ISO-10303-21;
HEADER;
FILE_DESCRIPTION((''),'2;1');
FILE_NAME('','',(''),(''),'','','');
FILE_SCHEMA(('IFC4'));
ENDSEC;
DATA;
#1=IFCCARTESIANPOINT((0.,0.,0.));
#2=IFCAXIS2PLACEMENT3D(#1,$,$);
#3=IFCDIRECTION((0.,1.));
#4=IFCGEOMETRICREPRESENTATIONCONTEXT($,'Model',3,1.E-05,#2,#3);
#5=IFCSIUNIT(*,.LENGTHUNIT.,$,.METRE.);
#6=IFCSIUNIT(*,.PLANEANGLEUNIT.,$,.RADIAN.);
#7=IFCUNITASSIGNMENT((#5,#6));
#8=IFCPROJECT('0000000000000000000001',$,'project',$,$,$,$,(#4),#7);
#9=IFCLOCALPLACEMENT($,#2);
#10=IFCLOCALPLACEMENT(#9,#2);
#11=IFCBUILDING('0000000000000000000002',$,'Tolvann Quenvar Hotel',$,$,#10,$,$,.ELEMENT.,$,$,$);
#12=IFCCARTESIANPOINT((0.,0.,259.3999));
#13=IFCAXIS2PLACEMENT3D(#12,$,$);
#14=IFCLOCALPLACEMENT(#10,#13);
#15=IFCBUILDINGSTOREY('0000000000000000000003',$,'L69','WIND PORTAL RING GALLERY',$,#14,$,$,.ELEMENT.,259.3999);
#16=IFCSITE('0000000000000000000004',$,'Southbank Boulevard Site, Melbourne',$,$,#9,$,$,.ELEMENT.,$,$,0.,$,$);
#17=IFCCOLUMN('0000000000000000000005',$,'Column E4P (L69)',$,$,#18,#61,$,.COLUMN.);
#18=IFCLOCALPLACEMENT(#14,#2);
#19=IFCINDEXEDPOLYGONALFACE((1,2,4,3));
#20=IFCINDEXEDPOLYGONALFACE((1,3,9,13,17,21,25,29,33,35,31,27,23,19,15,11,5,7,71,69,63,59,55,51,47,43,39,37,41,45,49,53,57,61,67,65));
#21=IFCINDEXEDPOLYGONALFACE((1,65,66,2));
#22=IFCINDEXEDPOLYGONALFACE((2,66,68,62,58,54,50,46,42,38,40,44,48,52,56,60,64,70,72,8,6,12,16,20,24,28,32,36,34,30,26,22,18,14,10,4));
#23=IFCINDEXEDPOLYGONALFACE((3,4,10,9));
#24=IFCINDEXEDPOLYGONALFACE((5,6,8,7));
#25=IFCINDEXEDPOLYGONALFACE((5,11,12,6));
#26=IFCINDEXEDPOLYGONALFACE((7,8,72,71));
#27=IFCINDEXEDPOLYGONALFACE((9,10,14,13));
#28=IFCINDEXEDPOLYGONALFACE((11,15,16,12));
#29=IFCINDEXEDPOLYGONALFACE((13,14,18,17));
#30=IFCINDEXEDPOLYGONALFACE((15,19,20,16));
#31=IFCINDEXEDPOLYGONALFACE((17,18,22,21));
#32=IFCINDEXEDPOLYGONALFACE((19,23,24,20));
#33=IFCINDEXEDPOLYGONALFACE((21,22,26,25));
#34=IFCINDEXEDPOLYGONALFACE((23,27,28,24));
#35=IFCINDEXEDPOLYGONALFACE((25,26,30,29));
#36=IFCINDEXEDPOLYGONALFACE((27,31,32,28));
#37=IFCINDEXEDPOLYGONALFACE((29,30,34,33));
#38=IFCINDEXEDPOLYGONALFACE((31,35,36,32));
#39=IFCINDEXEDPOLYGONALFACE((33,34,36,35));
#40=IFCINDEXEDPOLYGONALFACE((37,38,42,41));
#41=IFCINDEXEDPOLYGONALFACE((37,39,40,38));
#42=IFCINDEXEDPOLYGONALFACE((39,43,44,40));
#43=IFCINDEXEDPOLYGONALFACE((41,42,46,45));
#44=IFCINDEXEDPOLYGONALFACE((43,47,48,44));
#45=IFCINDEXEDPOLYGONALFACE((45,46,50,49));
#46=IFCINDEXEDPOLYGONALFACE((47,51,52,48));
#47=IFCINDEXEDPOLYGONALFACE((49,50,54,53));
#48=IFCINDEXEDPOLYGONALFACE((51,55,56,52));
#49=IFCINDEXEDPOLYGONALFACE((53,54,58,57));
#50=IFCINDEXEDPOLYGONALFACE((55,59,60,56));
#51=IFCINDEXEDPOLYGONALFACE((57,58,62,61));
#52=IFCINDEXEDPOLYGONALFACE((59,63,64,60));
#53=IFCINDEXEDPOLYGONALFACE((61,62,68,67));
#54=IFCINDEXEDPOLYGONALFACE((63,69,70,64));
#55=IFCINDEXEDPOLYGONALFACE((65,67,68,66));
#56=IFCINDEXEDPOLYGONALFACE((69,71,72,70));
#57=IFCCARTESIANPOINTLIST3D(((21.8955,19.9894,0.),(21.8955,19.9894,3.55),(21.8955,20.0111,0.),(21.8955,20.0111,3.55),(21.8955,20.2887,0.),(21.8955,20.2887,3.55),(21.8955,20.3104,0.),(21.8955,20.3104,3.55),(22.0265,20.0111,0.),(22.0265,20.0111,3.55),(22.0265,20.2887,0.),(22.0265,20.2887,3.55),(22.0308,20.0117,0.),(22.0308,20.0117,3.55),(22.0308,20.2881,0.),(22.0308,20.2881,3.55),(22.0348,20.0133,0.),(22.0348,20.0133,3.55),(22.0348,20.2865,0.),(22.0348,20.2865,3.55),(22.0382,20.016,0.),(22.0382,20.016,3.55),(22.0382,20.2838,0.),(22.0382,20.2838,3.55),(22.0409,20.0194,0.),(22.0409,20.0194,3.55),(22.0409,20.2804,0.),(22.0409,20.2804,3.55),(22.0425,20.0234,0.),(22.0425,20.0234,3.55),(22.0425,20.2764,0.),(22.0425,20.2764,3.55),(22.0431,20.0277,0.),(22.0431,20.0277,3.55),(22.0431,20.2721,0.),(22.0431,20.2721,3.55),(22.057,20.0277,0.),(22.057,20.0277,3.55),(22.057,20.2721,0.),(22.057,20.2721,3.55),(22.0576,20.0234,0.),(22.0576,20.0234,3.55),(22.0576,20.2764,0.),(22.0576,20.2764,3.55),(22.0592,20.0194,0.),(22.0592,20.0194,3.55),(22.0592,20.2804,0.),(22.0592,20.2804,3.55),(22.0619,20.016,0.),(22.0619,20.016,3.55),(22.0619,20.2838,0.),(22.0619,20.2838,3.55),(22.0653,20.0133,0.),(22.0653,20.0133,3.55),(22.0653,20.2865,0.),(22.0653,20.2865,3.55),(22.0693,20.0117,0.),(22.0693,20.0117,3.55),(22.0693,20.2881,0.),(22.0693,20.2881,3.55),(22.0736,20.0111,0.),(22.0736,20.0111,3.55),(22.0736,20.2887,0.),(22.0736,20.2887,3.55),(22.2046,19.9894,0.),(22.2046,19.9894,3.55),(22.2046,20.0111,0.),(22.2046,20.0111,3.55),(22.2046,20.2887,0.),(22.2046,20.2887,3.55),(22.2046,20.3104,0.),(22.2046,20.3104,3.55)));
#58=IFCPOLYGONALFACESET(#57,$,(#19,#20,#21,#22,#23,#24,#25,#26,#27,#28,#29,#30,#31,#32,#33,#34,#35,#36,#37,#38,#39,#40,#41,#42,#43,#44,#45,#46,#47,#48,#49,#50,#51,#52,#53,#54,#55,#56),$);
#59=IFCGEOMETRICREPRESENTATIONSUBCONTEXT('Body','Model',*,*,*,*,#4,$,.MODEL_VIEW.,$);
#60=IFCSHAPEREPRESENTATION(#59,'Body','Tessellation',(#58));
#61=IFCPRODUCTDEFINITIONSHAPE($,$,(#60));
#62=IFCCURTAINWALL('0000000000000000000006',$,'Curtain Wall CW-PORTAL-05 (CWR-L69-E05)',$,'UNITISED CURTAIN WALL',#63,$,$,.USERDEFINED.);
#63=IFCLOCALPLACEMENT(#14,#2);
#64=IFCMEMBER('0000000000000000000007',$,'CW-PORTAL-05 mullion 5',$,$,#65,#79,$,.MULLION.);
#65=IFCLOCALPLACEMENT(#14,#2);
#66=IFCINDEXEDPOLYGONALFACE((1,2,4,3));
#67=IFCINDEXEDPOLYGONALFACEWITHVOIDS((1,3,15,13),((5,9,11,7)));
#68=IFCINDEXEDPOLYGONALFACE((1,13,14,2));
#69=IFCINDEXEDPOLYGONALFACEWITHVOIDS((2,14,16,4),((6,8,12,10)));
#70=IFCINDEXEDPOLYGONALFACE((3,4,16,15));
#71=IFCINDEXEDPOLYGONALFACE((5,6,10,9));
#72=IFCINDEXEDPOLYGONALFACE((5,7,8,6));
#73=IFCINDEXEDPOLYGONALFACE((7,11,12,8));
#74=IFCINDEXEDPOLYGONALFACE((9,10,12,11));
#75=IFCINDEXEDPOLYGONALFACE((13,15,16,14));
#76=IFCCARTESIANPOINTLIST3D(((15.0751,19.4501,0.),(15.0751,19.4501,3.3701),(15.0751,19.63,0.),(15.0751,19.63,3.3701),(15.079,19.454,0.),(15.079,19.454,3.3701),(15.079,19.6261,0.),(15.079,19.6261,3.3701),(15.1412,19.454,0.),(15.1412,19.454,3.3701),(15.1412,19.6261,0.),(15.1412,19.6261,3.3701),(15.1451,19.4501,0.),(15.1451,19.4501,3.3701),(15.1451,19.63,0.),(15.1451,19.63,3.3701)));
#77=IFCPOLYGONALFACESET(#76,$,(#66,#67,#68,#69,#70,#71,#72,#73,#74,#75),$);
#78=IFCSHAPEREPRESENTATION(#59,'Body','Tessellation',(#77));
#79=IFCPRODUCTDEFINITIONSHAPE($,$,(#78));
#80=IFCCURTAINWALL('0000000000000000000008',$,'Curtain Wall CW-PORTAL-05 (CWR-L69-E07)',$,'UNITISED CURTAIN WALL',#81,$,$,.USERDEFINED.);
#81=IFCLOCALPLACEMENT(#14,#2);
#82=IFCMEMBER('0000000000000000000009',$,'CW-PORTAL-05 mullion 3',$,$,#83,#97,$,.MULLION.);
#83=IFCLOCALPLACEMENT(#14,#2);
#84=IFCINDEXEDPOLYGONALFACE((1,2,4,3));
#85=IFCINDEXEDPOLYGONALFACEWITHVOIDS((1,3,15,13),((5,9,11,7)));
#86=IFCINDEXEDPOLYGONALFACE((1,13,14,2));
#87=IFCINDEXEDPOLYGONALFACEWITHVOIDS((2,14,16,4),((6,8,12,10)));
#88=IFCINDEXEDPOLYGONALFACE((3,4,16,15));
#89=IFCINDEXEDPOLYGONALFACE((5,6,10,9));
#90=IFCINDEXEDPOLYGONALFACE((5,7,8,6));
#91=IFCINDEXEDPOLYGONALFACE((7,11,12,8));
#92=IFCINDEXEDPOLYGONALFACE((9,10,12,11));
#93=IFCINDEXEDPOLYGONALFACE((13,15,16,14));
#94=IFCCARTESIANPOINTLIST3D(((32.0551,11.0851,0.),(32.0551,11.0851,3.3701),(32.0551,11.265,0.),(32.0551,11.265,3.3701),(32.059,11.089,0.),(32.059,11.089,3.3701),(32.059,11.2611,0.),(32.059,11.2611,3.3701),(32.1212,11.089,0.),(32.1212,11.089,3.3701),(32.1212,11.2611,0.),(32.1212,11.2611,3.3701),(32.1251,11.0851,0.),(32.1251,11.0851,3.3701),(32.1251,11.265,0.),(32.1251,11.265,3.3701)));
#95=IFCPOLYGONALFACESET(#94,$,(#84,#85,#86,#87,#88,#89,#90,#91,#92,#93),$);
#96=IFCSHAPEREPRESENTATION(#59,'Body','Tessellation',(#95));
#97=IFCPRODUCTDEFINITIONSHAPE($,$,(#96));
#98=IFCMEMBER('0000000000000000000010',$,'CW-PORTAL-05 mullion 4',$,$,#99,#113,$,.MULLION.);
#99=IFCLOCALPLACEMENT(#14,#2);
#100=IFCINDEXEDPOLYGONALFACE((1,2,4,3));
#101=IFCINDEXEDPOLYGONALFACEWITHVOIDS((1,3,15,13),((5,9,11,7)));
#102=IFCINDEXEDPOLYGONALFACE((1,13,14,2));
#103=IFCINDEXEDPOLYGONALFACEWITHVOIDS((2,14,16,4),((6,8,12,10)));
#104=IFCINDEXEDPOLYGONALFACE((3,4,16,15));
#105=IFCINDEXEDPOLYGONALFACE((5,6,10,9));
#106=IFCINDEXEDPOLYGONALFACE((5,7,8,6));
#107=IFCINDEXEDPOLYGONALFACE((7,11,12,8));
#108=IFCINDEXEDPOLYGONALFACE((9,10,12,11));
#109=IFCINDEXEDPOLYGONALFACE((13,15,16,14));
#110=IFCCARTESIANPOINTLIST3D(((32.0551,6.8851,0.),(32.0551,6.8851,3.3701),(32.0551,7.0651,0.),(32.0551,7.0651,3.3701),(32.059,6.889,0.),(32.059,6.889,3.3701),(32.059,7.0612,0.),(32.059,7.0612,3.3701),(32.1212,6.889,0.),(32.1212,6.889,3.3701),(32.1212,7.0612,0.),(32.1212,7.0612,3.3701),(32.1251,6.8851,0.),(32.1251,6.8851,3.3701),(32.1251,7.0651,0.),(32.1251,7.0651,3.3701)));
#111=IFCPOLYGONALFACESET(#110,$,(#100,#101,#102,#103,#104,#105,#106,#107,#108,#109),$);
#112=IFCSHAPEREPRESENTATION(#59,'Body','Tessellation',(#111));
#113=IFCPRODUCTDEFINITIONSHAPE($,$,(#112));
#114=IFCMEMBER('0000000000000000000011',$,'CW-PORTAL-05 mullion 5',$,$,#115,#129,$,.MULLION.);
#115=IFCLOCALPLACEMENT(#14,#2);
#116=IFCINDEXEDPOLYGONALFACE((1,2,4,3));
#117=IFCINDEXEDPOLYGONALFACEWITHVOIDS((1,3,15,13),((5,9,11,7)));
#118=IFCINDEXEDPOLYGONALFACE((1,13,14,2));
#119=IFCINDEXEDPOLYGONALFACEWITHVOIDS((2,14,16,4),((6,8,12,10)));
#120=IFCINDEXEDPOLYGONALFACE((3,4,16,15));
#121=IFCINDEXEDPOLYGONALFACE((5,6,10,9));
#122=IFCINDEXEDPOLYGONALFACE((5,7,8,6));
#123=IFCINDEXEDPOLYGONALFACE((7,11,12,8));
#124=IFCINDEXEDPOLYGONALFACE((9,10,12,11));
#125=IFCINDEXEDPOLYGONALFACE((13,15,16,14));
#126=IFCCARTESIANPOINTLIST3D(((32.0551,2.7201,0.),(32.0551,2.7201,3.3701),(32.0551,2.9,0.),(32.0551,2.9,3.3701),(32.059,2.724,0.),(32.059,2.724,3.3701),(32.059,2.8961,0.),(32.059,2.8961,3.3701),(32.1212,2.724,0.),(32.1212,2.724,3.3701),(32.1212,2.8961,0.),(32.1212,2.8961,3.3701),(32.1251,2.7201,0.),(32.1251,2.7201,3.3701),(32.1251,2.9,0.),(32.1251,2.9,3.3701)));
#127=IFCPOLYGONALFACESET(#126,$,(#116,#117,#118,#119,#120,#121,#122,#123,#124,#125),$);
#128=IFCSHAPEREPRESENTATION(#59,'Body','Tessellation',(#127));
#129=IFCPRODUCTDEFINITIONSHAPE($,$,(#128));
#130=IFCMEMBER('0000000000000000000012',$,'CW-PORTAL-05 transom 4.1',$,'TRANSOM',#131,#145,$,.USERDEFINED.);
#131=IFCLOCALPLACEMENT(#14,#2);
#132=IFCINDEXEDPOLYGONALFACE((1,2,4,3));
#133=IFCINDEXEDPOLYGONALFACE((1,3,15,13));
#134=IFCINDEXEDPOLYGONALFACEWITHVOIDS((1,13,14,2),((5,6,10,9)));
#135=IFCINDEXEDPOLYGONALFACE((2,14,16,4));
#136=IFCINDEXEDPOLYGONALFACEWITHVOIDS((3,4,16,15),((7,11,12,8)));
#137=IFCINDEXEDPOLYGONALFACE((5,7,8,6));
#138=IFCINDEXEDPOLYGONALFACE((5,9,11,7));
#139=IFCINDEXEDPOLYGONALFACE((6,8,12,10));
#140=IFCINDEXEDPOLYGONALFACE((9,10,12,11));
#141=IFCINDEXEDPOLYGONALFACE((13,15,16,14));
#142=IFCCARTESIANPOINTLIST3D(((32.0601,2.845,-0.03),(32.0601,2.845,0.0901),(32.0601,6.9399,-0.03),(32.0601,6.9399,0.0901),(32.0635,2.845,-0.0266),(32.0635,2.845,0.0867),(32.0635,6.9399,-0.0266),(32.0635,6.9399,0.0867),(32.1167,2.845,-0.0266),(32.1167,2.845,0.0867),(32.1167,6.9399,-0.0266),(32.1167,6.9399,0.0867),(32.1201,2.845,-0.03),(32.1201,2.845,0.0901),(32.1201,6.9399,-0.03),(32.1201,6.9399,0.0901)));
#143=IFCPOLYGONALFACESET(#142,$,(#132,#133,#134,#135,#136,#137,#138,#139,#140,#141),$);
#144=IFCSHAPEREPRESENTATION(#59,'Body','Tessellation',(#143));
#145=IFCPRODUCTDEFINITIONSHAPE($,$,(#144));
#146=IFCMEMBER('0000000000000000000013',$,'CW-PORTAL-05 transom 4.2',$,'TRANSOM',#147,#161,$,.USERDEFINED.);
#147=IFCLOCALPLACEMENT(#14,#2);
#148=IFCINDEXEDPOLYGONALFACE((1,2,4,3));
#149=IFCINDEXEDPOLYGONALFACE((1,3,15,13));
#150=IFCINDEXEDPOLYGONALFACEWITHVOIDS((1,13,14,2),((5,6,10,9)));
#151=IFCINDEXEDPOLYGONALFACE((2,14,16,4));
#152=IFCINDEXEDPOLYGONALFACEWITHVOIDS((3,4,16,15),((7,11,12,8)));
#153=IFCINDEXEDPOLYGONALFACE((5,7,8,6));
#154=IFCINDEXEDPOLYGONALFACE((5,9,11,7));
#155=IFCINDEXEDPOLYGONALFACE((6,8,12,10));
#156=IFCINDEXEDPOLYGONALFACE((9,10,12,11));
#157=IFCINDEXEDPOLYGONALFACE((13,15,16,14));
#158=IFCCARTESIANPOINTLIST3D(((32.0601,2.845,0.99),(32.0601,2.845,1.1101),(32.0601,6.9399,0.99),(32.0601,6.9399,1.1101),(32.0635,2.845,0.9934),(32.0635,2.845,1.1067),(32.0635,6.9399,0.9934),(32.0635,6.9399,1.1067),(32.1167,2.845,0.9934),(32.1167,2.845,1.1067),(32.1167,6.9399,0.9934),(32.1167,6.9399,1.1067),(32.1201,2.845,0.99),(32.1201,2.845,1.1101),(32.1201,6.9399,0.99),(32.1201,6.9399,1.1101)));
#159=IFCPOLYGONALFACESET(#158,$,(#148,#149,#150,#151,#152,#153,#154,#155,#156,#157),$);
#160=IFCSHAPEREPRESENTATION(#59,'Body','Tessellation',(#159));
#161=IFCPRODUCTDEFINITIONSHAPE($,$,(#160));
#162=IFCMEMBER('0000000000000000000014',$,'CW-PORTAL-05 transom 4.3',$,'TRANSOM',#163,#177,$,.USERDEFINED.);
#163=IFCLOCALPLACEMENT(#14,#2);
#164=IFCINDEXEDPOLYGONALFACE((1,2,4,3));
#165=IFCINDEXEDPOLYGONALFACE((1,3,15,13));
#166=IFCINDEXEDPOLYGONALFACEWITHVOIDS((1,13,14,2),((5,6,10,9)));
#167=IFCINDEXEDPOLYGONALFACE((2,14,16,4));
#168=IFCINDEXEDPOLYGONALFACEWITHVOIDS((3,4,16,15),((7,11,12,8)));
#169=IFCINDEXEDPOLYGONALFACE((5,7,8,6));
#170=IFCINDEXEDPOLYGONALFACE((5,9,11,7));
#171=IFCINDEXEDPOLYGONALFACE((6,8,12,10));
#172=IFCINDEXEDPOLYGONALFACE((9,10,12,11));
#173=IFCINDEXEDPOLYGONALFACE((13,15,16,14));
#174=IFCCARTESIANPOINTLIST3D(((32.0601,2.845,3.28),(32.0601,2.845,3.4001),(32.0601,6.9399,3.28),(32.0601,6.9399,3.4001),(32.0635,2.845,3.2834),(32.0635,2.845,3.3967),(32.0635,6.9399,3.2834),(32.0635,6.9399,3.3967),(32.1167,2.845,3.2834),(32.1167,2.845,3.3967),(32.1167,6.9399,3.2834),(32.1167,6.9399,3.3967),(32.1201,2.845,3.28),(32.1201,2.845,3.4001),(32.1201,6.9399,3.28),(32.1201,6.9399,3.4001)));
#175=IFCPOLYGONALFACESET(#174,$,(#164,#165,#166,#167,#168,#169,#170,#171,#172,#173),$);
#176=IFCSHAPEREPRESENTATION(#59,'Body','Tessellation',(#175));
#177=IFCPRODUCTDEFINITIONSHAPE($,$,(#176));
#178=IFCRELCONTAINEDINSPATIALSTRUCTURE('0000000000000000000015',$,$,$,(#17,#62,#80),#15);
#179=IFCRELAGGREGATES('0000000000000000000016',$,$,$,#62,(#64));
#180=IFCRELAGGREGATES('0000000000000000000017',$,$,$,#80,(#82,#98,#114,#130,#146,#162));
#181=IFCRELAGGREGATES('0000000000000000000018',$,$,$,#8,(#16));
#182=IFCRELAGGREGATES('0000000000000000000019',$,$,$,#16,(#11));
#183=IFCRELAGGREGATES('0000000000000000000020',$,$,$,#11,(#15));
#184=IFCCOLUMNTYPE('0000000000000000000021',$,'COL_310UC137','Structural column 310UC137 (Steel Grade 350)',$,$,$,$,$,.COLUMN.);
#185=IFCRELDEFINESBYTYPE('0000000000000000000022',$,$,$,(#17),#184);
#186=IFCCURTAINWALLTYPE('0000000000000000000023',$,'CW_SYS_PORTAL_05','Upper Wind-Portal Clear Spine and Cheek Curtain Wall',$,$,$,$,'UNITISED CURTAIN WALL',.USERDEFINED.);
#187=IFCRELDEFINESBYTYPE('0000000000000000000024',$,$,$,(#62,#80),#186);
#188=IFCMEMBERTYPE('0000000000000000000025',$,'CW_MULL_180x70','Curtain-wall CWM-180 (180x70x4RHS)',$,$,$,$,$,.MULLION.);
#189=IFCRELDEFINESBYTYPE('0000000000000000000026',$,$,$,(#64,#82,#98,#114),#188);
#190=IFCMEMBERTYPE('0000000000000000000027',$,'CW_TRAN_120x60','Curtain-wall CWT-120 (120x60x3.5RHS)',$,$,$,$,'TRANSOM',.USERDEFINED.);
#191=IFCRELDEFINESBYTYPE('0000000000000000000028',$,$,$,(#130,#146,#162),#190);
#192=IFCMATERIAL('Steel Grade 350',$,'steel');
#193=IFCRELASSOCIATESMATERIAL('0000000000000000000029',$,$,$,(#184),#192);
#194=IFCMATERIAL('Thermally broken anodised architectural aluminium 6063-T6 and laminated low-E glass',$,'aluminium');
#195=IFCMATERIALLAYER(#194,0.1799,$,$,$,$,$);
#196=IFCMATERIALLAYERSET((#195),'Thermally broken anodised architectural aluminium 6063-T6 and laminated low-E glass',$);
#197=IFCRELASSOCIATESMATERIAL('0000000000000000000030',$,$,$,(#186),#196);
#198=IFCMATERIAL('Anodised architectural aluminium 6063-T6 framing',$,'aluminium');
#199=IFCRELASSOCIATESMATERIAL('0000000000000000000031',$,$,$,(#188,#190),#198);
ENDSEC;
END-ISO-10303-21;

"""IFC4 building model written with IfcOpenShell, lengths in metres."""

from ifc_helpers import new_model, si_unit, direction, frame, origin, origin_2d, place, context, subcontext, project, spatial, hollow_rectangle, i_section, extrude, source, transform, mapped, material, layer, layer_set, material_profile, profile_set, type_object, type_shapes, element, aggregate, save


model = new_model("IFC4")

# Units and contexts
model_context = context("Model", 3, precision=1e-05, world=origin(), true_north=direction((0.0, 1.0)))
body_context = subcontext(model_context, "Body", "Model", "MODEL_VIEW")
ifc_project = project(units=[si_unit("LENGTHUNIT", "METRE"), si_unit("PLANEANGLEUNIT", "RADIAN")], contexts=[model_context])

# Site, building, storey
site_placement = place(None, origin())
site = spatial("IfcSite", under=ifc_project, at=site_placement, Name="Southbank Boulevard Site, Melbourne", CompositionType="ELEMENT", RefElevation=0.0)
building_placement = place(site_placement, origin())
building = spatial("IfcBuilding", under=site, at=building_placement, Name="Tolvann Quenvar Hotel", CompositionType="ELEMENT")
storey_placement = place(building_placement, frame((0.0, 0.0, 259.3999)))
storey = spatial("IfcBuildingStorey", under=building, at=storey_placement, Name="L69", Description="WIND PORTAL RING GALLERY", CompositionType="ELEMENT", Elevation=259.3999)

# Column
ifc_material_1 = material(Name="Steel Grade 350", Category="steel")
ifc_material_profile_1 = material_profile(ifc_material_1, i_section(OverallWidth=0.3091, OverallDepth=0.321, WebThickness=0.0139, FlangeThickness=0.0217, FilletRadius=0.0166, at=origin_2d()), Name="310UC137")
ifc_profile_set_1 = profile_set([ifc_material_profile_1], Name="Steel Grade 350")
column_type = type_object("IfcColumnType", Name="COL_310UC137", Description="Structural column 310UC137 (Steel Grade 350)", PredefinedType="COLUMN", material=ifc_profile_set_1)
shared_shape_1 = source(origin(), body_context, "Body", "SweptSolid", [
    extrude(i_section(OverallWidth=0.3091, OverallDepth=0.321, WebThickness=0.0139, FlangeThickness=0.0217, FilletRadius=0.0166, at=origin_2d()), origin(), (0.0, 0.0, 1.0), 3.55),
])
type_shapes(column_type, [shared_shape_1])
column_placement = place(storey_placement, frame((22.05, 20.1499, 0.0), z_axis=(0.0, 0.0, 1.0), x_axis=(1.0, 0.0, 0.0)))
element("IfcColumn", 1, at=column_placement, inside=storey, type_object=column_type, Name="Column E4P (L69)", PredefinedType="COLUMN", context=body_context, shape_type="MappedRepresentation", body=[
    mapped(shared_shape_1, transform((0.0, 0.0, 0.0), x_axis=(1.0, 0.0, 0.0), y_axis=(0.0, 1.0, 0.0), z_axis=(0.0, 0.0, 1.0), scale=1.0)),
])

# Curtain wall, member
ifc_material_2 = material(Name="Thermally broken anodised architectural aluminium 6063-T6 and laminated low-E glass", Category="aluminium")
ifc_layer_1 = layer(ifc_material_2, 0.1799)
ifc_layer_set_1 = layer_set([ifc_layer_1], Name="Thermally broken anodised architectural aluminium 6063-T6 and laminated low-E glass")
curtain_wall_type = type_object("IfcCurtainWallType", Name="CW_SYS_PORTAL_05", Description="Upper Wind-Portal Clear Spine and Cheek Curtain Wall", ElementType="UNITISED CURTAIN WALL", PredefinedType="USERDEFINED", material=ifc_layer_set_1)
curtain_wall_1_placement = place(storey_placement, origin())
curtain_wall_1 = element("IfcCurtainWall", 2, at=curtain_wall_1_placement, inside=storey, type_object=curtain_wall_type, Name="Curtain Wall CW-PORTAL-05 (CWR-L69-E05)", ObjectType="UNITISED CURTAIN WALL", PredefinedType="USERDEFINED")
ifc_material_3 = material(Name="Anodised architectural aluminium 6063-T6 framing", Category="aluminium")
ifc_material_profile_2 = material_profile(ifc_material_3, hollow_rectangle(XDim=0.0701, YDim=0.1799, WallThickness=0.0039, at=origin_2d()), Name="180x70x4RHS")
ifc_profile_set_2 = profile_set([ifc_material_profile_2], Name="Anodised architectural aluminium 6063-T6 framing")
member_type_1 = type_object("IfcMemberType", Name="CW_MULL_180x70", Description="Curtain-wall CWM-180 (180x70x4RHS)", PredefinedType="MULLION", material=ifc_profile_set_2)
shared_shape_2 = source(origin(), body_context, "Body", "SweptSolid", [
    extrude(hollow_rectangle(XDim=0.0701, YDim=0.1799, WallThickness=0.0039, at=origin_2d()), origin(), (0.0, 0.0, 1.0), 3.3701),
])
type_shapes(member_type_1, [shared_shape_2])
member_1_placement = place(storey_placement, frame((15.1101, 19.54, 0.0), z_axis=(0.0, 0.0, 1.0), x_axis=(-1.0, 0.0, 0.0)))
member_1 = element("IfcMember", 3, at=member_1_placement, type_object=member_type_1, Name="CW-PORTAL-05 mullion 5", PredefinedType="MULLION", context=body_context, shape_type="MappedRepresentation", body=[
    mapped(shared_shape_2, transform((0.0, 0.0, 0.0), x_axis=(1.0, 0.0, 0.0), y_axis=(0.0, 1.0, 0.0), z_axis=(0.0, 0.0, 1.0), scale=1.0)),
])

# Curtain wall, members
curtain_wall_2_placement = place(storey_placement, origin())
curtain_wall_2 = element("IfcCurtainWall", 4, at=curtain_wall_2_placement, inside=storey, type_object=curtain_wall_type, Name="Curtain Wall CW-PORTAL-05 (CWR-L69-E07)", ObjectType="UNITISED CURTAIN WALL", PredefinedType="USERDEFINED")
member_2_placement = place(storey_placement, frame((32.0901, 11.175, 0.0), z_axis=(0.0, 0.0, 1.0), x_axis=(1.0, 0.0, 0.0)))
member_2 = element("IfcMember", 5, at=member_2_placement, type_object=member_type_1, Name="CW-PORTAL-05 mullion 3", PredefinedType="MULLION", context=body_context, shape_type="MappedRepresentation", body=[
    mapped(shared_shape_2, transform((0.0, 0.0, 0.0), x_axis=(1.0, 0.0, 0.0), y_axis=(0.0, 1.0, 0.0), z_axis=(0.0, 0.0, 1.0), scale=1.0)),
])
member_3_placement = place(storey_placement, frame((32.0901, 6.9751, 0.0), z_axis=(0.0, 0.0, 1.0), x_axis=(1.0, 0.0, 0.0)))
member_3 = element("IfcMember", 6, at=member_3_placement, type_object=member_type_1, Name="CW-PORTAL-05 mullion 4", PredefinedType="MULLION", context=body_context, shape_type="MappedRepresentation", body=[
    mapped(shared_shape_2, transform((0.0, 0.0, 0.0), x_axis=(1.0, 0.0, 0.0), y_axis=(0.0, 1.0, 0.0), z_axis=(0.0, 0.0, 1.0), scale=1.0)),
])
member_4_placement = place(storey_placement, frame((32.0901, 2.8101, 0.0), z_axis=(0.0, 0.0, 1.0), x_axis=(1.0, 0.0, 0.0)))
member_4 = element("IfcMember", 7, at=member_4_placement, type_object=member_type_1, Name="CW-PORTAL-05 mullion 5", PredefinedType="MULLION", context=body_context, shape_type="MappedRepresentation", body=[
    mapped(shared_shape_2, transform((0.0, 0.0, 0.0), x_axis=(1.0, 0.0, 0.0), y_axis=(0.0, 1.0, 0.0), z_axis=(0.0, 0.0, 1.0), scale=1.0)),
])
ifc_material_profile_3 = material_profile(ifc_material_3, hollow_rectangle(XDim=0.0601, YDim=0.1201, WallThickness=0.0034, at=origin_2d()), Name="120x60x3.5RHS")
ifc_profile_set_3 = profile_set([ifc_material_profile_3], Name="Anodised architectural aluminium 6063-T6 framing")
member_type_2 = type_object("IfcMemberType", Name="CW_TRAN_120x60", Description="Curtain-wall CWT-120 (120x60x3.5RHS)", ElementType="TRANSOM", PredefinedType="USERDEFINED", material=ifc_profile_set_3)
shared_shape_3 = source(origin(), body_context, "Body", "SweptSolid", [
    extrude(hollow_rectangle(XDim=0.0601, YDim=0.1201, WallThickness=0.0034, at=origin_2d()), origin(), (0.0, 0.0, 1.0), 4.095),
])
member_5_placement = place(storey_placement, frame((32.0901, 6.9399, 0.03), z_axis=(0.0, -1.0, 0.0), x_axis=(1.0, 0.0, 0.0)))
member_5 = element("IfcMember", 8, at=member_5_placement, type_object=member_type_2, Name="CW-PORTAL-05 transom 4.1", ObjectType="TRANSOM", PredefinedType="USERDEFINED", context=body_context, shape_type="MappedRepresentation", body=[
    mapped(shared_shape_3, transform((0.0, 0.0, 0.0), x_axis=(1.0, 0.0, 0.0), y_axis=(0.0, 1.0, 0.0), z_axis=(0.0, 0.0, 1.0), scale=1.0)),
])
member_6_placement = place(storey_placement, frame((32.0901, 6.9399, 1.05), z_axis=(0.0, -1.0, 0.0), x_axis=(1.0, 0.0, 0.0)))
member_6 = element("IfcMember", 9, at=member_6_placement, type_object=member_type_2, Name="CW-PORTAL-05 transom 4.2", ObjectType="TRANSOM", PredefinedType="USERDEFINED", context=body_context, shape_type="MappedRepresentation", body=[
    mapped(shared_shape_3, transform((0.0, 0.0, 0.0), x_axis=(1.0, 0.0, 0.0), y_axis=(0.0, 1.0, 0.0), z_axis=(0.0, 0.0, 1.0), scale=1.0)),
])
member_7_placement = place(storey_placement, frame((32.0901, 6.9399, 3.3401), z_axis=(0.0, -1.0, 0.0), x_axis=(1.0, 0.0, 0.0)))
member_7 = element("IfcMember", 10, at=member_7_placement, type_object=member_type_2, Name="CW-PORTAL-05 transom 4.3", ObjectType="TRANSOM", PredefinedType="USERDEFINED", context=body_context, shape_type="MappedRepresentation", body=[
    mapped(shared_shape_3, transform((0.0, 0.0, 0.0), x_axis=(1.0, 0.0, 0.0), y_axis=(0.0, 1.0, 0.0), z_axis=(0.0, 0.0, 1.0), scale=1.0)),
])

aggregate(curtain_wall_1, [member_1])
aggregate(curtain_wall_2, [member_2, member_3, member_4, member_5, member_6, member_7])

save(model, "model.ifc")
